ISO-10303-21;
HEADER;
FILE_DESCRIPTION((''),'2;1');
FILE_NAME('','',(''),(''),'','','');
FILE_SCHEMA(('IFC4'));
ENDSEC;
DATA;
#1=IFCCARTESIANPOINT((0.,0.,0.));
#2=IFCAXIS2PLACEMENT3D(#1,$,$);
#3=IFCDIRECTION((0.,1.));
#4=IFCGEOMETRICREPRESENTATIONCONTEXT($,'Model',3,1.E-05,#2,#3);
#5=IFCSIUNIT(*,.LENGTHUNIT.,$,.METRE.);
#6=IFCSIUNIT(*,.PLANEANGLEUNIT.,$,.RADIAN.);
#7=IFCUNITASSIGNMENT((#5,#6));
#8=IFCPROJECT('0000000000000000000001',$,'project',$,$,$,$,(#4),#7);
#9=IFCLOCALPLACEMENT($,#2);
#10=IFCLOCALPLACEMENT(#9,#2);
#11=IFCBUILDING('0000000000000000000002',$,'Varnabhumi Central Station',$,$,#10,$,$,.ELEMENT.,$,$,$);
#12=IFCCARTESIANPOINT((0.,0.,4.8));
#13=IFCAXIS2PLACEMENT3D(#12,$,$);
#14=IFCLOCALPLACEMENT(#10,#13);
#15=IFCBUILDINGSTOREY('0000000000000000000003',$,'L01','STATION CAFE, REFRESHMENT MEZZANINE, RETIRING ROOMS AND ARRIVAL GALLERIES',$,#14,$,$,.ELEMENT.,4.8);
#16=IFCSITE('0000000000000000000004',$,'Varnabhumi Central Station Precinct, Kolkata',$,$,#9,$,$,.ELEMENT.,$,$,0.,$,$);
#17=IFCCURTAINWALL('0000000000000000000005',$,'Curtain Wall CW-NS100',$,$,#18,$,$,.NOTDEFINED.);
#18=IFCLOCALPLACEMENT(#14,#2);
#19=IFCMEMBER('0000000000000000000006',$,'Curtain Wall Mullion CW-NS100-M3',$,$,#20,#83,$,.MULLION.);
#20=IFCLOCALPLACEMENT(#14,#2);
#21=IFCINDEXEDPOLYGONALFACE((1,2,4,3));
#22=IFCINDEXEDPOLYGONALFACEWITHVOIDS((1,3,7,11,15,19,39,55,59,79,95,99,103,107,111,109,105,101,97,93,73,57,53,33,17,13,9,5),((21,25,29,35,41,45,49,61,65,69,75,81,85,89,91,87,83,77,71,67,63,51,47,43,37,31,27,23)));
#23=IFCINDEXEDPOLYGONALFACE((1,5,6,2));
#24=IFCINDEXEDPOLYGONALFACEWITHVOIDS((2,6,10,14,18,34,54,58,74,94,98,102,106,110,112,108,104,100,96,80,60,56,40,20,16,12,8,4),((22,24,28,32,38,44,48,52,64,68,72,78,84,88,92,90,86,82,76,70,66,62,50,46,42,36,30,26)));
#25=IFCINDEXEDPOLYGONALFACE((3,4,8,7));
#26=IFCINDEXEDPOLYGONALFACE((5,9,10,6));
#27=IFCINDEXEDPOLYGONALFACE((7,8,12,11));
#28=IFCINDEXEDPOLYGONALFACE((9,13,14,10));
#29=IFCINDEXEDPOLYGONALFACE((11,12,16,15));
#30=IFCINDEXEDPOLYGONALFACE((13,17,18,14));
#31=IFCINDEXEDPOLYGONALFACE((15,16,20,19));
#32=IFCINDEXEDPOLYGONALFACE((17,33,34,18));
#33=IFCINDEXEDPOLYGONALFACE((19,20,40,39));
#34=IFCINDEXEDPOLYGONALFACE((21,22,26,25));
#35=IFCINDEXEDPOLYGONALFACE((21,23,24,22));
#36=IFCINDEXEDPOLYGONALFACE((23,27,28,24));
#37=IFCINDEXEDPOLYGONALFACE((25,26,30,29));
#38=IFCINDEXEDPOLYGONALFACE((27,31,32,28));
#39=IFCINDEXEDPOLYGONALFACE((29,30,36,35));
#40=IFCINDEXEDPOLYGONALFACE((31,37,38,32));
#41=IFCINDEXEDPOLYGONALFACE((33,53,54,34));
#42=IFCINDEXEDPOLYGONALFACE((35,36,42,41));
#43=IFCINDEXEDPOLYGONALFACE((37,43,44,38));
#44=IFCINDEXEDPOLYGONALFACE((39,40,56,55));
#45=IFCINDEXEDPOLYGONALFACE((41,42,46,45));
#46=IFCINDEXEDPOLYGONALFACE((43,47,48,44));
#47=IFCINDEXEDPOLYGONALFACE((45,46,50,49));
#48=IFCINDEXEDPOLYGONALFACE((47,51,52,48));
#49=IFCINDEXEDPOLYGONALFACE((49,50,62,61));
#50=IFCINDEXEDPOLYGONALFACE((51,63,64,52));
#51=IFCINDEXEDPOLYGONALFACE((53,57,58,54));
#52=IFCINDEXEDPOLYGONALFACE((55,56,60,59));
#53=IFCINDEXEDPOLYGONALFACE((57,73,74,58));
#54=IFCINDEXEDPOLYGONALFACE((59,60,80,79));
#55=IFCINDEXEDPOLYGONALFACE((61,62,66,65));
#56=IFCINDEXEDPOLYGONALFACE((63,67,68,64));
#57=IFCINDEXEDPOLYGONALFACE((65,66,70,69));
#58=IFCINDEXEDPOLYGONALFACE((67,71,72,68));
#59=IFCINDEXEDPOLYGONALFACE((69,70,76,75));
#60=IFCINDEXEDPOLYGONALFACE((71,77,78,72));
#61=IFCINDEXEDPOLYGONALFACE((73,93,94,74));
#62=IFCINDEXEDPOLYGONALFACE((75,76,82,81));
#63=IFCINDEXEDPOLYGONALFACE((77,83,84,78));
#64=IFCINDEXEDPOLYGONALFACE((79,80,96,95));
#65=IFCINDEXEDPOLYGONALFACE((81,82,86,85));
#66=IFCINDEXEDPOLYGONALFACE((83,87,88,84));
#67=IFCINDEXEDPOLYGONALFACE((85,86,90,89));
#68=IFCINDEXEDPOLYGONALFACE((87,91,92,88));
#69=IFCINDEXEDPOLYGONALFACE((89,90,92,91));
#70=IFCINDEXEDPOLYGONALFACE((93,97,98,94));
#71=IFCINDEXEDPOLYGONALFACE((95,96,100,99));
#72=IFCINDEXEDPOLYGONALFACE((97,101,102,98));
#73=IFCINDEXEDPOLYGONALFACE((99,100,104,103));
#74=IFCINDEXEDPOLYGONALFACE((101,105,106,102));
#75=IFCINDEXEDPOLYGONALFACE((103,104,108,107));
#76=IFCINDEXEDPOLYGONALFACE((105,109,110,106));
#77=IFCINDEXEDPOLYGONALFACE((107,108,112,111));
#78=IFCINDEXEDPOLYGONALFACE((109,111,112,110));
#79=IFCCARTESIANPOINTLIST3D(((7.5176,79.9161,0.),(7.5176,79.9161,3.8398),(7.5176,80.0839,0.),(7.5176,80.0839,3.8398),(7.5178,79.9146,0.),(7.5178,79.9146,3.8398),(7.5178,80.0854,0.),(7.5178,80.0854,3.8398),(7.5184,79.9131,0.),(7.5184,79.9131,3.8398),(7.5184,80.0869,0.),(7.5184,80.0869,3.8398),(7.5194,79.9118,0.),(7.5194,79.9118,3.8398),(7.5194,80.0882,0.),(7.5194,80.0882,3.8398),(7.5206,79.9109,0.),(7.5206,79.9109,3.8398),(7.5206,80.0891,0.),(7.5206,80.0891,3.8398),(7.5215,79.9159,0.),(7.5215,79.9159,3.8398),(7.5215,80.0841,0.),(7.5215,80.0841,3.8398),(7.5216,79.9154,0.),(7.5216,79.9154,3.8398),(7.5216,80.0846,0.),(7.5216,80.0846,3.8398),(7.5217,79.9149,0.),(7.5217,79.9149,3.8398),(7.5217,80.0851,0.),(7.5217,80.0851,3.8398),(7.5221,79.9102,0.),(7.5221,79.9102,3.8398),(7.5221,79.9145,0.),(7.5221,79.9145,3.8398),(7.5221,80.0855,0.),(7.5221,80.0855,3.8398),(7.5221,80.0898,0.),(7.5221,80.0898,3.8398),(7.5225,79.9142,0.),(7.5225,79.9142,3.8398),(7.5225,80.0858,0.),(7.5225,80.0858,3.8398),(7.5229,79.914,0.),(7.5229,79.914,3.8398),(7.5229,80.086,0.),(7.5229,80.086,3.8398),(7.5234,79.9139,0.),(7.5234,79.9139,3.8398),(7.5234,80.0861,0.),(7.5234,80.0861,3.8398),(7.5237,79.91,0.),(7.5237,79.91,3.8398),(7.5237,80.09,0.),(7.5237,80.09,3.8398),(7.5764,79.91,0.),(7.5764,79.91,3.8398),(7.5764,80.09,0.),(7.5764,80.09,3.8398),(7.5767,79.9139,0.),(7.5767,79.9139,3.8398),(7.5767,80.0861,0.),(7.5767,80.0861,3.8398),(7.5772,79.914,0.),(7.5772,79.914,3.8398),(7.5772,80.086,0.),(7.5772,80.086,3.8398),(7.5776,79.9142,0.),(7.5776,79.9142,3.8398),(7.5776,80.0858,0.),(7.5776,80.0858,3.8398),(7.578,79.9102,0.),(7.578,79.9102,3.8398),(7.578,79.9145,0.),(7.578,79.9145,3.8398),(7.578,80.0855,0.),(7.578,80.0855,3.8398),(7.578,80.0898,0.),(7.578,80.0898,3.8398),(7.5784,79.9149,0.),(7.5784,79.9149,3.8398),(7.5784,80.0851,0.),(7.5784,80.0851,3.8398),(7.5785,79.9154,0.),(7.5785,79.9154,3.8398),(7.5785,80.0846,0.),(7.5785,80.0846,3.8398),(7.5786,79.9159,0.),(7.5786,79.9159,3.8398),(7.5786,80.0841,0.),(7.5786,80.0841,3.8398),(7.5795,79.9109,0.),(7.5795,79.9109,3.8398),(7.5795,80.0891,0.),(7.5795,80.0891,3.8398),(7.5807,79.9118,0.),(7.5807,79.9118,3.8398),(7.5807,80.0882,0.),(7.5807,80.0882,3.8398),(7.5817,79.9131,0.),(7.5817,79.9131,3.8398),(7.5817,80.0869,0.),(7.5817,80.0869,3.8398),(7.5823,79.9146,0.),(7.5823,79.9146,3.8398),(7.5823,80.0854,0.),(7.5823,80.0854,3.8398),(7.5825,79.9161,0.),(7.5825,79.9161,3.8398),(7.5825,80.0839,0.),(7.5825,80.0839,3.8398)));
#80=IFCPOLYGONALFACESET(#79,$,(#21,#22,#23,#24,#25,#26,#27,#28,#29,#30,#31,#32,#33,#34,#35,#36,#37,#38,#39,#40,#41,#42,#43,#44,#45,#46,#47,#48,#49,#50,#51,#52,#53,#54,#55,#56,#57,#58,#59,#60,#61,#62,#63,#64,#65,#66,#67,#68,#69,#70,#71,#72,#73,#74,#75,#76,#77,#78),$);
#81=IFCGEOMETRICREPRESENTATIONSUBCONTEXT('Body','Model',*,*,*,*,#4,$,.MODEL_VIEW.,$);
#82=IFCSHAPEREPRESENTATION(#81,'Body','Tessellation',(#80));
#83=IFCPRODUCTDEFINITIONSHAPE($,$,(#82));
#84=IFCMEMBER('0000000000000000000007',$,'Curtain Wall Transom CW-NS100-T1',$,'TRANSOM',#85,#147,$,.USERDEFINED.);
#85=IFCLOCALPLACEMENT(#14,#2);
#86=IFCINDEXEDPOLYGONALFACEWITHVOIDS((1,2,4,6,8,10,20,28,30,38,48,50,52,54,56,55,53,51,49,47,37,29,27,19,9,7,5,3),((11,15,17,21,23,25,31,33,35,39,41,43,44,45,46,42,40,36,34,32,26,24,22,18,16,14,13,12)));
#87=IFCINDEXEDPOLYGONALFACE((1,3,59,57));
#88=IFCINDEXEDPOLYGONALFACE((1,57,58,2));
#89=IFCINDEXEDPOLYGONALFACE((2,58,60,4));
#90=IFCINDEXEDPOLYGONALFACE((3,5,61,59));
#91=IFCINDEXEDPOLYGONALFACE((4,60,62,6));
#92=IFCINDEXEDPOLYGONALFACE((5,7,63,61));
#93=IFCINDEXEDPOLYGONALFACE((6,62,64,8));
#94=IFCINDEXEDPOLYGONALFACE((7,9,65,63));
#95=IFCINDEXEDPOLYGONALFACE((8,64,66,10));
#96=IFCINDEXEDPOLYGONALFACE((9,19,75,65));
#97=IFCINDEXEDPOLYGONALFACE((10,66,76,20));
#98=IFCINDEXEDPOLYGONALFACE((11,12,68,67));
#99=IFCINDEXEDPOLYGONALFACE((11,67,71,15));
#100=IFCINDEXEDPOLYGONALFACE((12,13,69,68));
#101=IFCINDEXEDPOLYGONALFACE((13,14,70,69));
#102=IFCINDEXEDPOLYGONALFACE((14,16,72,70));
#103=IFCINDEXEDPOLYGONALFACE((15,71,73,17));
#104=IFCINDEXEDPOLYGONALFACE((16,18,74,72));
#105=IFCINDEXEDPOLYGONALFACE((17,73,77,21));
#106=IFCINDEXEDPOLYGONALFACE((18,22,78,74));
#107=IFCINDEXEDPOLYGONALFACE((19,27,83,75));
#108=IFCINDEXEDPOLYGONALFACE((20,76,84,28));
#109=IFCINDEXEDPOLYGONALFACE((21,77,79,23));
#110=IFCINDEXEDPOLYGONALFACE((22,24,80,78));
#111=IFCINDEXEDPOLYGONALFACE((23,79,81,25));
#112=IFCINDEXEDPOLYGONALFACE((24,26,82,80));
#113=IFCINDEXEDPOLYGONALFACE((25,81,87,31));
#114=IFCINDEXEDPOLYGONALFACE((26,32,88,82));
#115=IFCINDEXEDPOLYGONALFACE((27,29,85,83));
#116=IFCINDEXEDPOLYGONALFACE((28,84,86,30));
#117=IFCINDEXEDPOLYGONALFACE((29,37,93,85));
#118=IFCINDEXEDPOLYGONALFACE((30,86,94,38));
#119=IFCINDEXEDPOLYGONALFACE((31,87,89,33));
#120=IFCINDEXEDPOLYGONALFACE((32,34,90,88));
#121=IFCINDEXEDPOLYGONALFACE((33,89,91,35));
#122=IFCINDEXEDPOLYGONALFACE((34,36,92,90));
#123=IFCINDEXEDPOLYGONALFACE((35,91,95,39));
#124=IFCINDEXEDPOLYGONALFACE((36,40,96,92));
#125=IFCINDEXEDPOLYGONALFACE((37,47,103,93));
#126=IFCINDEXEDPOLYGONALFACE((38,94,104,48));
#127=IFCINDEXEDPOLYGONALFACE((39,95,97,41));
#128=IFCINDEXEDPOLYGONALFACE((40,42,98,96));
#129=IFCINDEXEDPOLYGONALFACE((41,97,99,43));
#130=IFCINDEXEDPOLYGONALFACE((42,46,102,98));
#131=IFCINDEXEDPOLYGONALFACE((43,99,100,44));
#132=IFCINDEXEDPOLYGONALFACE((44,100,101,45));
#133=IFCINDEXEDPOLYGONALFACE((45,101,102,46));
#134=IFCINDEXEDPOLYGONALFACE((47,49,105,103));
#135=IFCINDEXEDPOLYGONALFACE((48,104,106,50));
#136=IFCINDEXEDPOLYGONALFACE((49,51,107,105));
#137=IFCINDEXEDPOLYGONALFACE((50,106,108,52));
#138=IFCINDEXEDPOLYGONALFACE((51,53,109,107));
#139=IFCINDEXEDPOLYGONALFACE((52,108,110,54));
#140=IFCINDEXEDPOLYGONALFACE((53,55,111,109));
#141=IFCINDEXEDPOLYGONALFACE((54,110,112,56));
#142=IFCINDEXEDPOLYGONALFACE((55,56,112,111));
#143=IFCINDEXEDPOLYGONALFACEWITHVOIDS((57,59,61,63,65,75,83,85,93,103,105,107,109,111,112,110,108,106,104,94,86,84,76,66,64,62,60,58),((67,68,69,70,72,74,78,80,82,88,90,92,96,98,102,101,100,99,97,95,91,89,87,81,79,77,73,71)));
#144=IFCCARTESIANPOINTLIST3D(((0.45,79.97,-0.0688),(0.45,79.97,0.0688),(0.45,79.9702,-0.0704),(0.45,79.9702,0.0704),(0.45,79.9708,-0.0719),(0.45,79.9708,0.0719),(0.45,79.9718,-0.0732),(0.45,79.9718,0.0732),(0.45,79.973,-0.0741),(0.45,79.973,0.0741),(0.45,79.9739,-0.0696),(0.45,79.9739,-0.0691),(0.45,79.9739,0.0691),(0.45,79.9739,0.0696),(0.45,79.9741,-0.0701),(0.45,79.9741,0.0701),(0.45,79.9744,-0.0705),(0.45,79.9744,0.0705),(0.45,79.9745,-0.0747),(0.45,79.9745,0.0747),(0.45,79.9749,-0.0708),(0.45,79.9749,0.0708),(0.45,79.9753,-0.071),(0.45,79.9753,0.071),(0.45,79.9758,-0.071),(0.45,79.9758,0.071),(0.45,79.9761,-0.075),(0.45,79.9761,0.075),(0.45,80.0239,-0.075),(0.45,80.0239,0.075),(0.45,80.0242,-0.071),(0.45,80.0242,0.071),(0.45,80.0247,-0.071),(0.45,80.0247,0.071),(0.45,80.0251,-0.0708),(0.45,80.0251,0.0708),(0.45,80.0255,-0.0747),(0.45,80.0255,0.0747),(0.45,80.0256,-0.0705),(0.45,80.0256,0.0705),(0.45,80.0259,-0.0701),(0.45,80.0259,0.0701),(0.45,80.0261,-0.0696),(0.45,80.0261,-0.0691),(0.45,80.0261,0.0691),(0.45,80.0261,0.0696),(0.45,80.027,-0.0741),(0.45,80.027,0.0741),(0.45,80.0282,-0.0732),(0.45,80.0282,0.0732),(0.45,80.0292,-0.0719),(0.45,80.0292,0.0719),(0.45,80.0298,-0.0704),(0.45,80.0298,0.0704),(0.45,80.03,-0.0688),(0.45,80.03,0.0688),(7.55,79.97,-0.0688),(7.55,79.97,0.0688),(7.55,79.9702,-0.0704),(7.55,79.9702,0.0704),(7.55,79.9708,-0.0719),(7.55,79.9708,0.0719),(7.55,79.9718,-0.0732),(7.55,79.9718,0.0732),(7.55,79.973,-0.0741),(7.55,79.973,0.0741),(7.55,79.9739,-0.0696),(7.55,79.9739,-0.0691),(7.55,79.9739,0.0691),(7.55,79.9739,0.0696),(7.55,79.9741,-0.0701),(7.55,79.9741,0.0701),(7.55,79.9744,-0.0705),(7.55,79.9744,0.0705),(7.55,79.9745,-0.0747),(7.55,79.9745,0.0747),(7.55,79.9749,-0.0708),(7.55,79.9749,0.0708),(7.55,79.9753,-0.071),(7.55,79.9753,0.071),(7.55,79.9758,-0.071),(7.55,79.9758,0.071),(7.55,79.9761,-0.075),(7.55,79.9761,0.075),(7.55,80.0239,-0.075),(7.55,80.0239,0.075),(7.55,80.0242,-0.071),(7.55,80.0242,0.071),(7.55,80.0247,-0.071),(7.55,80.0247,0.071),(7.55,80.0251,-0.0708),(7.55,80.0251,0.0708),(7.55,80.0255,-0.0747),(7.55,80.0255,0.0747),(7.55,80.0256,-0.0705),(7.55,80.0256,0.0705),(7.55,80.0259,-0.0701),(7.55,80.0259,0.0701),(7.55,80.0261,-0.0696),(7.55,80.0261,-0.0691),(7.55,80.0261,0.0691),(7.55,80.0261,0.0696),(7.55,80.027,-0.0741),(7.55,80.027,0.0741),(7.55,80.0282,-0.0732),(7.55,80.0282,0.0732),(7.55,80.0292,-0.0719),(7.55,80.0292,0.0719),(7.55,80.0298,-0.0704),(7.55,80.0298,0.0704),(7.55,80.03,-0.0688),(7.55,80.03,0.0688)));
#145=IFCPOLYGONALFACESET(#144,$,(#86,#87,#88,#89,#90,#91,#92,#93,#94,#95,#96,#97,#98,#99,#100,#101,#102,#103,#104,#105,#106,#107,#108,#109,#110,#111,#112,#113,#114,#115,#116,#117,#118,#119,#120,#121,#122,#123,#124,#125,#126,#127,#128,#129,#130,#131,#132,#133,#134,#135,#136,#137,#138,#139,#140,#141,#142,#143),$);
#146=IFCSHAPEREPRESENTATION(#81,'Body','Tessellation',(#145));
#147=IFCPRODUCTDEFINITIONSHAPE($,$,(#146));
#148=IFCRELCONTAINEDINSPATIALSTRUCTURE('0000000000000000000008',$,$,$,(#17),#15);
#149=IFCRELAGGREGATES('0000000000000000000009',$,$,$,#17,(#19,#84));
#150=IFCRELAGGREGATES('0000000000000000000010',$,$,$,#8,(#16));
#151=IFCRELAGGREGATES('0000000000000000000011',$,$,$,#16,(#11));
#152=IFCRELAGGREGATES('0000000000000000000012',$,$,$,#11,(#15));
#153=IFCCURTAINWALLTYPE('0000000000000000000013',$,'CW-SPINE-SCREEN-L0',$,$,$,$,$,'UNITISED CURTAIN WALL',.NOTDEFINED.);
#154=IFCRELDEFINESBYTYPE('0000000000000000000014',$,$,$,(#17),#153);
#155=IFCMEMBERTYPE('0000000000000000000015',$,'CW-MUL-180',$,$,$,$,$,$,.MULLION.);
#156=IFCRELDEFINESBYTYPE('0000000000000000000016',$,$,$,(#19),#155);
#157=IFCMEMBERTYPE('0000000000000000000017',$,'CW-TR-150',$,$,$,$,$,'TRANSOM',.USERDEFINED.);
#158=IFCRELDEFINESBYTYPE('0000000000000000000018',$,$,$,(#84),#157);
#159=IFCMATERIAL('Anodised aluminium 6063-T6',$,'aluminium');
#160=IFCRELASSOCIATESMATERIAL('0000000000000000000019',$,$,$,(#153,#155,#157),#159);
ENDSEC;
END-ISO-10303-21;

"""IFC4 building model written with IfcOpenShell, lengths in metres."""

from ifc_helpers import new_model, si_unit, direction, frame, origin, origin_2d, place, context, subcontext, project, spatial, hollow_rectangle, extrude, material, material_profile, profile_set, type_object, element, aggregate, save


model = new_model("IFC4")

# Units and contexts
model_context = context("Model", 3, precision=1e-05, world=origin(), true_north=direction((0.0, 1.0)))
body_context = subcontext(model_context, "Body", "Model", "MODEL_VIEW")
ifc_project = project(units=[si_unit("LENGTHUNIT", "METRE"), si_unit("PLANEANGLEUNIT", "RADIAN")], contexts=[model_context])

# Site, building, storey
site_placement = place(None, origin())
site = spatial("IfcSite", under=ifc_project, at=site_placement, Name="Varnabhumi Central Station Precinct, Kolkata", CompositionType="ELEMENT", RefElevation=0.0)
building_placement = place(site_placement, origin())
building = spatial("IfcBuilding", under=site, at=building_placement, Name="Varnabhumi Central Station", CompositionType="ELEMENT")
storey_placement = place(building_placement, frame((0.0, 0.0, 4.8)))
storey = spatial("IfcBuildingStorey", under=building, at=storey_placement, Name="L01", Description="STATION CAFE, REFRESHMENT MEZZANINE, RETIRING ROOMS AND ARRIVAL GALLERIES", CompositionType="ELEMENT", Elevation=4.8)

# Curtain wall, members
ifc_material_1 = material(Name="Anodised aluminium 6063-T6", Category="aluminium")
curtain_wall_type = type_object("IfcCurtainWallType", Name="CW-SPINE-SCREEN-L0", ElementType="UNITISED CURTAIN WALL", PredefinedType="NOTDEFINED", material=ifc_material_1)
curtain_wall_placement = place(storey_placement, origin())
curtain_wall = element("IfcCurtainWall", 1, at=curtain_wall_placement, inside=storey, type_object=curtain_wall_type, Name="Curtain Wall CW-NS100", PredefinedType="NOTDEFINED")
ifc_material_profile_1 = material_profile(ifc_material_1, hollow_rectangle(XDim=0.0649, YDim=0.1799, WallThickness=0.0039, InnerFilletRadius=0.002, OuterFilletRadius=0.0061, at=origin_2d()), Name="Anodised aluminium 6063-T6", Category="aluminium")
ifc_profile_set_1 = profile_set([ifc_material_profile_1], Name="Anodised aluminium 6063-T6")
member_type_1 = type_object("IfcMemberType", Name="CW-MUL-180", PredefinedType="MULLION", material=ifc_profile_set_1)
member_1_placement = place(storey_placement, frame((7.55, 80.0, 0.0), z_axis=(0.0, 0.0, 1.0), x_axis=(1.0, 0.0, 0.0)))
member_1 = element("IfcMember", 2, at=member_1_placement, type_object=member_type_1, Name="Curtain Wall Mullion CW-NS100-M3", PredefinedType="MULLION", context=body_context, shape_type="SweptSolid", body=[
    extrude(hollow_rectangle(XDim=0.0649, YDim=0.1799, WallThickness=0.0039, InnerFilletRadius=0.002, OuterFilletRadius=0.0061, at=origin_2d()), origin(), (0.0, 0.0, 1.0), 3.8398),
])
ifc_material_profile_2 = material_profile(ifc_material_1, hollow_rectangle(XDim=0.0601, YDim=0.1499, WallThickness=0.0039, InnerFilletRadius=0.002, OuterFilletRadius=0.0061, at=origin_2d()), Name="Anodised aluminium 6063-T6", Category="aluminium")
ifc_profile_set_2 = profile_set([ifc_material_profile_2], Name="Anodised aluminium 6063-T6")
member_type_2 = type_object("IfcMemberType", Name="CW-TR-150", ElementType="TRANSOM", PredefinedType="USERDEFINED", material=ifc_profile_set_2)
member_2_placement = place(storey_placement, frame((0.45, 80.0, 0.0), z_axis=(1.0, 0.0, 0.0), x_axis=(0.0, 1.0, 0.0)))
member_2 = element("IfcMember", 3, at=member_2_placement, type_object=member_type_2, Name="Curtain Wall Transom CW-NS100-T1", ObjectType="TRANSOM", PredefinedType="USERDEFINED", context=body_context, shape_type="SweptSolid", body=[
    extrude(hollow_rectangle(XDim=0.0601, YDim=0.1499, WallThickness=0.0039, InnerFilletRadius=0.002, OuterFilletRadius=0.0061, at=origin_2d()), origin(), (0.0, 0.0, 1.0), 7.1001),
])
aggregate(curtain_wall, [member_1, member_2])

save(model, "model.ifc")
